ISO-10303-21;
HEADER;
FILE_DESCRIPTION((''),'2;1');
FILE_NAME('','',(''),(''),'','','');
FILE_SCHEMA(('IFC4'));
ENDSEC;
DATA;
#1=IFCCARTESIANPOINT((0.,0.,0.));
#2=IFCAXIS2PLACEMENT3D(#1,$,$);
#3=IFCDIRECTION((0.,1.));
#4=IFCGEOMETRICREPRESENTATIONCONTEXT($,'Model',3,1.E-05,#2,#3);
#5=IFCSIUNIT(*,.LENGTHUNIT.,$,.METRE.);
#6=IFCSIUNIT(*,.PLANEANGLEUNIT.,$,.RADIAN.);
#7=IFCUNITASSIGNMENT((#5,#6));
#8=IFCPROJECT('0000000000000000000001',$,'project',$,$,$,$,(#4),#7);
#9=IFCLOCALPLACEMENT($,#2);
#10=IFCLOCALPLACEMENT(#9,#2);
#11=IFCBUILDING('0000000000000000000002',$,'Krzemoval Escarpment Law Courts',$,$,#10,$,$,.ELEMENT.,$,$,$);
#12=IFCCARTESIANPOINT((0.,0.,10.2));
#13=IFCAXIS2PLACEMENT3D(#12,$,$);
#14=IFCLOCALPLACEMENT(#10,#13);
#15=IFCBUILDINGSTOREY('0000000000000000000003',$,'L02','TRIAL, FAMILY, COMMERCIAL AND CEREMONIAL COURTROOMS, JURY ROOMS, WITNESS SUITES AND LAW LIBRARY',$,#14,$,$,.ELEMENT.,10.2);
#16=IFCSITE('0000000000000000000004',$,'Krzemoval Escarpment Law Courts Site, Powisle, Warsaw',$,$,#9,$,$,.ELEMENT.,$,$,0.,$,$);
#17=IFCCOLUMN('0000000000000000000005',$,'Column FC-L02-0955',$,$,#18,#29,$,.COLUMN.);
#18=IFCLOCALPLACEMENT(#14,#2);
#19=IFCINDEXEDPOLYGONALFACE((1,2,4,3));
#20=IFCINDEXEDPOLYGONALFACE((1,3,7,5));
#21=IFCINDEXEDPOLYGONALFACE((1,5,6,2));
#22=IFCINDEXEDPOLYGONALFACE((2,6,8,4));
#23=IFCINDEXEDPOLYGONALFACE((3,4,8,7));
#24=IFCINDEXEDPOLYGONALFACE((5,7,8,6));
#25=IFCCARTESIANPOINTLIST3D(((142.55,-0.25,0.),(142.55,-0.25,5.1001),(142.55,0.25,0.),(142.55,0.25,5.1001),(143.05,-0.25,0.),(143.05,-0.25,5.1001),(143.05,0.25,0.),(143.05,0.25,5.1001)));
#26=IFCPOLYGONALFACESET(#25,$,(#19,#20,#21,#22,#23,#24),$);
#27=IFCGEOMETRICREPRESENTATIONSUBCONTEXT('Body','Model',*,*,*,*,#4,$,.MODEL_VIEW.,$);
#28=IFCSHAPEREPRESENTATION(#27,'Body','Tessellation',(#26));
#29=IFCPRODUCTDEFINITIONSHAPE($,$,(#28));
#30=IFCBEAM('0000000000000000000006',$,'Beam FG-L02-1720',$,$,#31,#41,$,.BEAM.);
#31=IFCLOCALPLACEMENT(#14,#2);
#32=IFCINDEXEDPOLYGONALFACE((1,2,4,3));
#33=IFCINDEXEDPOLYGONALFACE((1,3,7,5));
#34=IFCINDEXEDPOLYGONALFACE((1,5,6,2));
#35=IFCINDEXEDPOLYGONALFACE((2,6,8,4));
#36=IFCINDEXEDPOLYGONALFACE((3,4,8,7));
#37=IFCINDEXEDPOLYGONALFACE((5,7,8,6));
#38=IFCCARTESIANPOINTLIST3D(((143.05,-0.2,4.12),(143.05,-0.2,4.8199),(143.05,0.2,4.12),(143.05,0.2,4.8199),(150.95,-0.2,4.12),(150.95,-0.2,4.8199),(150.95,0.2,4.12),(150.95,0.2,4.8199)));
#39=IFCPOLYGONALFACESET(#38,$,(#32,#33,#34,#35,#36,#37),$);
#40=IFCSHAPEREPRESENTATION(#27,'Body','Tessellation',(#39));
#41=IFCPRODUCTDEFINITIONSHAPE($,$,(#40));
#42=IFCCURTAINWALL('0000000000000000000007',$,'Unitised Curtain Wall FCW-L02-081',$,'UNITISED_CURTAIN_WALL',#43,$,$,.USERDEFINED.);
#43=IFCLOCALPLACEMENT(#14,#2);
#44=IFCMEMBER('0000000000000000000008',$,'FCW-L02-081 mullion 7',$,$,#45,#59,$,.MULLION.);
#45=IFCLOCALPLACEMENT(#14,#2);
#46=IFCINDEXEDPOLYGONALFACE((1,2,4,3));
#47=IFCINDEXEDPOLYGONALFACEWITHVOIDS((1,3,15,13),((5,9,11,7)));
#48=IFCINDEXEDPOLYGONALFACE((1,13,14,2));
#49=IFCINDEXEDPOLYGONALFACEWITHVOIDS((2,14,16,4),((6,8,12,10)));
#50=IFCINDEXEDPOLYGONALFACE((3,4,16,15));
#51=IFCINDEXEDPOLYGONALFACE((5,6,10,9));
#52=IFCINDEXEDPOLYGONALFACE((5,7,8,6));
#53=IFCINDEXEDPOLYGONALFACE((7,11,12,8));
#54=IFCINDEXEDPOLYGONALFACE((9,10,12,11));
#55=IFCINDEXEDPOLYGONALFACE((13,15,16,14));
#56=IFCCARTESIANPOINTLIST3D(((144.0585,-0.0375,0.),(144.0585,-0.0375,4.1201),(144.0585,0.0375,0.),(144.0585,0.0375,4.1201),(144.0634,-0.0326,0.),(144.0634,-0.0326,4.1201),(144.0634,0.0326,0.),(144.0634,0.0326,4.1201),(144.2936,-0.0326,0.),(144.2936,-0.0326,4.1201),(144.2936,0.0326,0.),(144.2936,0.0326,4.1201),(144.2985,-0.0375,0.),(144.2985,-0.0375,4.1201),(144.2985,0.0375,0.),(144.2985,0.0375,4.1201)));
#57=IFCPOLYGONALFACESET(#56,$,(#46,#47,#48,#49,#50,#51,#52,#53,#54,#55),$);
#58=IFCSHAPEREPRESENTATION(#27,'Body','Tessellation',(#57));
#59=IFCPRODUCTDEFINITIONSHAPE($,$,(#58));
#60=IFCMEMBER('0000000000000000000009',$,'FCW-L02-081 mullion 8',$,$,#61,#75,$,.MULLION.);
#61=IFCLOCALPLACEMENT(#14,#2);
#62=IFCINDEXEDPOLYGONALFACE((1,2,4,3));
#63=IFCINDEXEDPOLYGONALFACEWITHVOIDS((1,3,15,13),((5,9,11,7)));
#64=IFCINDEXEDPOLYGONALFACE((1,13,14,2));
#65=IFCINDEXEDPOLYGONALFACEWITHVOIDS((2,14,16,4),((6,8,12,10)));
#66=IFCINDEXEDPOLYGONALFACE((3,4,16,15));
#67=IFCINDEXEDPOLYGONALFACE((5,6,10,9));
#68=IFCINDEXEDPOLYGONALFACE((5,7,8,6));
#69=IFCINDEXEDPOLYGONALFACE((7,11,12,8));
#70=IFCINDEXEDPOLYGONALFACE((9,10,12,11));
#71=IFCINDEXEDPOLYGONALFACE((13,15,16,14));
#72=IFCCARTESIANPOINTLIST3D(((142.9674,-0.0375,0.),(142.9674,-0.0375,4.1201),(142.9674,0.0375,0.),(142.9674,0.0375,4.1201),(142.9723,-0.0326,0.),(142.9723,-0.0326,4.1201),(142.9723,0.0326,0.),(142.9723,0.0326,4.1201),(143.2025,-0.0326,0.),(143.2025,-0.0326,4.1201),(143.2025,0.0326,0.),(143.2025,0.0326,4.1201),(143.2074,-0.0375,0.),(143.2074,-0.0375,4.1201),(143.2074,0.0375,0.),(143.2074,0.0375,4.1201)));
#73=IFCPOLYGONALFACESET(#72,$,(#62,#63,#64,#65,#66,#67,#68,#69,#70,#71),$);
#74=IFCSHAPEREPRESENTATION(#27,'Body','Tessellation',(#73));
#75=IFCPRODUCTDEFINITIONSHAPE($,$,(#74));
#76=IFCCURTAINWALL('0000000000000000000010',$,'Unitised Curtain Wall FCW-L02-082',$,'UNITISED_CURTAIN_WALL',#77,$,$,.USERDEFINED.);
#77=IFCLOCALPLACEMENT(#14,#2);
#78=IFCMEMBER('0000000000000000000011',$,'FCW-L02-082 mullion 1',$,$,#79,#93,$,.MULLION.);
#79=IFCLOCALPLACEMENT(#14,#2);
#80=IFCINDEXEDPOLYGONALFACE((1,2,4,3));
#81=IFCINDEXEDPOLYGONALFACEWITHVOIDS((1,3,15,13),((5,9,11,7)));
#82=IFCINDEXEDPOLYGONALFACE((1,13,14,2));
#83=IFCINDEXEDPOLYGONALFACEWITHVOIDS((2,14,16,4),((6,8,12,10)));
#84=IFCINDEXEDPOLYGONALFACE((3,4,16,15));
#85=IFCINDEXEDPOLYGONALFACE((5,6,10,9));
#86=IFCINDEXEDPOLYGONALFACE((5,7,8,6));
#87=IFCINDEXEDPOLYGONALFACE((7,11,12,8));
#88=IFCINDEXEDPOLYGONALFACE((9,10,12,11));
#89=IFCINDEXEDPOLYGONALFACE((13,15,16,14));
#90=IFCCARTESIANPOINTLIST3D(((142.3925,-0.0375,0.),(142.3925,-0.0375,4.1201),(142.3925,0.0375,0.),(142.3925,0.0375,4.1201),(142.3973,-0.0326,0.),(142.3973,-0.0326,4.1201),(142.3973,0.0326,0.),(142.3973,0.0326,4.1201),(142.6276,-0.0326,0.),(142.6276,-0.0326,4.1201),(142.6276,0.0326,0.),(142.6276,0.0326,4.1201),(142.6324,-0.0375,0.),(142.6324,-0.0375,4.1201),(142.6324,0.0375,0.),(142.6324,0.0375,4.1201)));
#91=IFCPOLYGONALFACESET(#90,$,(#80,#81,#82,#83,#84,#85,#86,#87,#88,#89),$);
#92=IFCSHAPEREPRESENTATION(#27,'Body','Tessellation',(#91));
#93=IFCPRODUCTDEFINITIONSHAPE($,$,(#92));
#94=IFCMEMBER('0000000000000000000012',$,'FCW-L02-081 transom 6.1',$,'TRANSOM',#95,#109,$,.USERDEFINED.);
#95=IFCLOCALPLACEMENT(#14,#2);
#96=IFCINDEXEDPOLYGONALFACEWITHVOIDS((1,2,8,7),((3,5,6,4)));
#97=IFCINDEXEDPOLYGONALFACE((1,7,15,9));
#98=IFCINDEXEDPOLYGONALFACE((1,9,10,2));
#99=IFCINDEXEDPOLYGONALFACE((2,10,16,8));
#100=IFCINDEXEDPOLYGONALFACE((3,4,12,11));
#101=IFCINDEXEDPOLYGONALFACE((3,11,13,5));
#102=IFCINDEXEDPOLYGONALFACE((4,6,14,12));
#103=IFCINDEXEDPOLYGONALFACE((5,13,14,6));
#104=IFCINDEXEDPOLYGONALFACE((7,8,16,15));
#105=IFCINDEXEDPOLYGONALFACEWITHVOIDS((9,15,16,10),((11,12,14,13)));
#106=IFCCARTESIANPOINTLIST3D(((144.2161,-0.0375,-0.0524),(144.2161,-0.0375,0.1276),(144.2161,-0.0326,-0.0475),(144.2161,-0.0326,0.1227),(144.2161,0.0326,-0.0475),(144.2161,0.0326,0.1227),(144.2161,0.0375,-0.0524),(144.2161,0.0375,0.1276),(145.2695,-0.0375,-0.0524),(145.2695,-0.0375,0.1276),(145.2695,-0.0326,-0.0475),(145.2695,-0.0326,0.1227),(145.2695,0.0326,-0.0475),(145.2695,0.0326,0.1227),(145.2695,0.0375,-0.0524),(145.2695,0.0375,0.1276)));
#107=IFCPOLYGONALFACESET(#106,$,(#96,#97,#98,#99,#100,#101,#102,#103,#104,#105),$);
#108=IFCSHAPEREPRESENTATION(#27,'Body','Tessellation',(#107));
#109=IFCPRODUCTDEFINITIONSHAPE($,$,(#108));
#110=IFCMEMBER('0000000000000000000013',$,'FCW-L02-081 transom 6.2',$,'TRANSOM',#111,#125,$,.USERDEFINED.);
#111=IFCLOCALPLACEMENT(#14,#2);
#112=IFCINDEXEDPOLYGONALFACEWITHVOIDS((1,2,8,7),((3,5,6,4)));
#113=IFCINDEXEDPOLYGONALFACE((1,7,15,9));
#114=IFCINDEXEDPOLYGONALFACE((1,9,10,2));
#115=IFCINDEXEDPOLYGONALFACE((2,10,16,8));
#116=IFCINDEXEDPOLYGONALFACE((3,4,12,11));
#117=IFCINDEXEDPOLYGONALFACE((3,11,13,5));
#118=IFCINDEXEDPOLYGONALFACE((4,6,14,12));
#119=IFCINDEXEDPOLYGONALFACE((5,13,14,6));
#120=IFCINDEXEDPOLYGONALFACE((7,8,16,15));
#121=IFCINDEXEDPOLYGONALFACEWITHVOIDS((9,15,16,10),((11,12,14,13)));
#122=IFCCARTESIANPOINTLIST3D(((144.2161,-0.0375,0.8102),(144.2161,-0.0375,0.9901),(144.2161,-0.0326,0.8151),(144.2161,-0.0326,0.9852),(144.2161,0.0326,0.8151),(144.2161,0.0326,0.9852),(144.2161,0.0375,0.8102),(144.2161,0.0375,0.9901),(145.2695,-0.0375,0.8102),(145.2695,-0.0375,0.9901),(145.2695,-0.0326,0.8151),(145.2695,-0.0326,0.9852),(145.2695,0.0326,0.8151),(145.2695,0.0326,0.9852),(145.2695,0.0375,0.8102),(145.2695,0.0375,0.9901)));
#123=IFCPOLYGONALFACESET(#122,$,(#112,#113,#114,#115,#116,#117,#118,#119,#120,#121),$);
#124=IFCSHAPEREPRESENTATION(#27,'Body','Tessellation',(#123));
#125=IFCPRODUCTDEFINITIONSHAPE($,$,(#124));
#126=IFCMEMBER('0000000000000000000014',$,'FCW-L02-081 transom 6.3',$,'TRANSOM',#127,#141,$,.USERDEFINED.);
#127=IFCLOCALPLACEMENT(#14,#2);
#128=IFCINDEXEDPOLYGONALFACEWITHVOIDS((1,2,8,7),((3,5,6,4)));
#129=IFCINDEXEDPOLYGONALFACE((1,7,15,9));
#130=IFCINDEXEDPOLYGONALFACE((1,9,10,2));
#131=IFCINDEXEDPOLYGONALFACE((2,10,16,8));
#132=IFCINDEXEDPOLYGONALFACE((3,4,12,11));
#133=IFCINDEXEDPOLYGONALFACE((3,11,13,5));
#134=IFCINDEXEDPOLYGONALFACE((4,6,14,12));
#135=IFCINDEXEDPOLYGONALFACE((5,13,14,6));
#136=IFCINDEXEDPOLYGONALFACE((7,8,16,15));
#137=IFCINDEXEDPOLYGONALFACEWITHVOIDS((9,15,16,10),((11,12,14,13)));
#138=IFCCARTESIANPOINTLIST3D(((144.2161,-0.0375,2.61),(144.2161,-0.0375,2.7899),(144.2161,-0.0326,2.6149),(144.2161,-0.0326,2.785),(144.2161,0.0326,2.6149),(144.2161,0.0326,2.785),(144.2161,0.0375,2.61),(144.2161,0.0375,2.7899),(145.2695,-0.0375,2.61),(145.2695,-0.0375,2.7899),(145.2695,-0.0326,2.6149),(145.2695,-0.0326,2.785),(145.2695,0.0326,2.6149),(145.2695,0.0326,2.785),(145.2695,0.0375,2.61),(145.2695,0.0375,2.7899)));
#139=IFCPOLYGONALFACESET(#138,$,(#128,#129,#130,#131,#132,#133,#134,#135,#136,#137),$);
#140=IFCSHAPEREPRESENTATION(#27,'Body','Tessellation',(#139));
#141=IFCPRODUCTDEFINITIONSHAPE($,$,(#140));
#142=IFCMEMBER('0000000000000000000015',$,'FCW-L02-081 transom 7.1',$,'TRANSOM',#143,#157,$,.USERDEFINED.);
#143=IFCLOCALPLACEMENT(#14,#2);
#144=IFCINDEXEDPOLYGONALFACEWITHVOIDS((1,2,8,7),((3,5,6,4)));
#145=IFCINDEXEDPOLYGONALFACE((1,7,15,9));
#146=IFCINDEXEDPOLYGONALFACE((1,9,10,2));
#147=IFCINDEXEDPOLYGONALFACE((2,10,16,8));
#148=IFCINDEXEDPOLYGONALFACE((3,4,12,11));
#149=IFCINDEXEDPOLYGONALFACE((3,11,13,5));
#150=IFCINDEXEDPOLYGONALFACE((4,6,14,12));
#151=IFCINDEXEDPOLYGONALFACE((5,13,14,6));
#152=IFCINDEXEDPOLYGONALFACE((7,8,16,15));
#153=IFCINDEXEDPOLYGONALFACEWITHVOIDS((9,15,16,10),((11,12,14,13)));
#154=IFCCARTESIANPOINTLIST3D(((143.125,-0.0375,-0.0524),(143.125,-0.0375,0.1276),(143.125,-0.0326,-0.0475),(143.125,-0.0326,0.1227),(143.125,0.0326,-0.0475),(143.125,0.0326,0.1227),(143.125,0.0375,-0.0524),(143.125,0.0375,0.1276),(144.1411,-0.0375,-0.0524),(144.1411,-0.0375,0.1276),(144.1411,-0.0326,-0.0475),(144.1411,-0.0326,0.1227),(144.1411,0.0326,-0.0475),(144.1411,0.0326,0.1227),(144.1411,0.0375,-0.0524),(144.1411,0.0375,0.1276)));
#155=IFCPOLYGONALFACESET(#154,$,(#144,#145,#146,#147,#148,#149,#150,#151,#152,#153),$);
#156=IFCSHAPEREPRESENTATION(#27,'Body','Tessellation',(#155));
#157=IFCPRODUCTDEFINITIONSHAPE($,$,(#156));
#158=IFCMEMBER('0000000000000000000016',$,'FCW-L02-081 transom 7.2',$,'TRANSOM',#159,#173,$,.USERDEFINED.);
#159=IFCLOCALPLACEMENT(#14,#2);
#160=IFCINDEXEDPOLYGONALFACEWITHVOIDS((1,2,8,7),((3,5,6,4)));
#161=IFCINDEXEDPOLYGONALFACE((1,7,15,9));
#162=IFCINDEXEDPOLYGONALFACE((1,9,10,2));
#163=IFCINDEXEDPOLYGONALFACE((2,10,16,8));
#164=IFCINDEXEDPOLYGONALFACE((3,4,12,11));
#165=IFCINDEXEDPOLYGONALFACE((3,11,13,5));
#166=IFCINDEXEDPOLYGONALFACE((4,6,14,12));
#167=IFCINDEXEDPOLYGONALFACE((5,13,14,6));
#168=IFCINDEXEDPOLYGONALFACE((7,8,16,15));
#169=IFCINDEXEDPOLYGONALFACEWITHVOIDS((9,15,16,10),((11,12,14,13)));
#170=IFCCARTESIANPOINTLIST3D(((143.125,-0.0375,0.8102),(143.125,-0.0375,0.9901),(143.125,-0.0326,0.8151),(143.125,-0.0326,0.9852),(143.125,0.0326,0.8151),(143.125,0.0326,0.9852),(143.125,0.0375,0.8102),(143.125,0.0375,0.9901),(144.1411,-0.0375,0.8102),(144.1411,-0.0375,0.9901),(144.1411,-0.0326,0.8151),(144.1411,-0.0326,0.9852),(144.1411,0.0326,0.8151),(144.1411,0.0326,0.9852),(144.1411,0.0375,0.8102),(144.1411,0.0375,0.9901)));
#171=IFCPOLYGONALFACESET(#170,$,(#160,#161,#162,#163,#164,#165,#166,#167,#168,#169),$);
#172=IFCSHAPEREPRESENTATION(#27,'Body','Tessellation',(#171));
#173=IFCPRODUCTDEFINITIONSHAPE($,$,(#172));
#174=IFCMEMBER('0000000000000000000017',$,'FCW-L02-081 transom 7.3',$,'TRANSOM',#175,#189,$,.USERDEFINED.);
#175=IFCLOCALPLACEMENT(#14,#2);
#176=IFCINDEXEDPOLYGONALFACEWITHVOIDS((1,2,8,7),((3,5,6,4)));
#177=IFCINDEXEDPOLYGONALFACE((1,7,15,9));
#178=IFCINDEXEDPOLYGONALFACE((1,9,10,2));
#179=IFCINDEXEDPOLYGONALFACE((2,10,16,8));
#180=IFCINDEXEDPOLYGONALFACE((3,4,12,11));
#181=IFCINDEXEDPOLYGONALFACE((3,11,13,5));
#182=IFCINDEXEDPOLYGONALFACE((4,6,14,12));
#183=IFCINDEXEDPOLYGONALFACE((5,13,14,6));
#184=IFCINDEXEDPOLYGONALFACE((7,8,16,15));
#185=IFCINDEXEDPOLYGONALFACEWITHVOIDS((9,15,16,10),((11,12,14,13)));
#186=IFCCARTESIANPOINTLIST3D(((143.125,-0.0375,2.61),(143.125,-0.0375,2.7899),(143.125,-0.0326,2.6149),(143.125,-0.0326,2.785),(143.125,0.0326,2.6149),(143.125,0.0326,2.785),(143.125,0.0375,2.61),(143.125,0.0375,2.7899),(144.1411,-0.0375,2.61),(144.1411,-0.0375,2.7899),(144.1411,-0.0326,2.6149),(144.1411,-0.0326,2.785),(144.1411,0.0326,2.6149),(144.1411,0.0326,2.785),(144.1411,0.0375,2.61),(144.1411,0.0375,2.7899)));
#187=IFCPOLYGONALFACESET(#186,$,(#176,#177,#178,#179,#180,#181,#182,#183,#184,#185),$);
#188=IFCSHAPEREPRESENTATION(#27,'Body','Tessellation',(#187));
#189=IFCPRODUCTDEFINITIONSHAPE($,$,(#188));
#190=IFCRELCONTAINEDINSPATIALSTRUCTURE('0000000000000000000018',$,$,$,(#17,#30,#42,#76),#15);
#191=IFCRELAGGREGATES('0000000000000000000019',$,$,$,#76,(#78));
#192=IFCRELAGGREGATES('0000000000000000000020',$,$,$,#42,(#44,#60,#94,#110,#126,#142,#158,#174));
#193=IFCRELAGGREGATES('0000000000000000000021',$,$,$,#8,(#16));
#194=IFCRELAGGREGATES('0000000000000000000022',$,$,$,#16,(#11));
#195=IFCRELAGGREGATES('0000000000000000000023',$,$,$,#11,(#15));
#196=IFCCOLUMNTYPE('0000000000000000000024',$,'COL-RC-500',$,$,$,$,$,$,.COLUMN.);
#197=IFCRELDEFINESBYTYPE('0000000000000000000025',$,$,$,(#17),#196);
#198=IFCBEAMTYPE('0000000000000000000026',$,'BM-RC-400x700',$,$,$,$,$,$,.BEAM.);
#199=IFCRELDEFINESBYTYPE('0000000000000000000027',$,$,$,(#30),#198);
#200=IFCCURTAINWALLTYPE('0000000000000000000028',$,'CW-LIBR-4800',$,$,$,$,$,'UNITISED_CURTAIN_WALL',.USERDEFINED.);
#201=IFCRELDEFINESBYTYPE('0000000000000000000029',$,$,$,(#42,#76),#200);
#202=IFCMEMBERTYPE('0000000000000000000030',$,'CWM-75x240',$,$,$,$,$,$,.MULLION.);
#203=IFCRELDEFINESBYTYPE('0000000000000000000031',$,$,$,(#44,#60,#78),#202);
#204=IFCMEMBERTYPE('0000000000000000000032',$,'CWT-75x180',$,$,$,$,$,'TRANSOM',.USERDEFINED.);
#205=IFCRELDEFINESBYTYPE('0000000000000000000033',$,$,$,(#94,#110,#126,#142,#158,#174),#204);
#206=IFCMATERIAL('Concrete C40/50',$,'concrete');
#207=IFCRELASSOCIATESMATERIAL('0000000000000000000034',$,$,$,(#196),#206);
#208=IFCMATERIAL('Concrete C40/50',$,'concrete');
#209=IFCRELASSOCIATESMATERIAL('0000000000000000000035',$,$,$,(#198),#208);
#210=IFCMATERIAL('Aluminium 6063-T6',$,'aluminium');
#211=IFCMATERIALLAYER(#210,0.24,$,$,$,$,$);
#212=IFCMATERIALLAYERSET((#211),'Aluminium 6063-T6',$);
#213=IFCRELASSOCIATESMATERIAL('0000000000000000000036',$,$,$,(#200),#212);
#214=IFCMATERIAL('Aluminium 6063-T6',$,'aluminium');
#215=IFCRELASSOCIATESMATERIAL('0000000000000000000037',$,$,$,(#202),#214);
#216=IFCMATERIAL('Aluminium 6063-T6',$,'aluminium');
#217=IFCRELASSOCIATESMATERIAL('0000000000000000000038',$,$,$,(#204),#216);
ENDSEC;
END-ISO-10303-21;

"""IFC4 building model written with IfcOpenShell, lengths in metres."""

from ifc_helpers import new_model, si_unit, direction, frame, origin, origin_2d, place, context, subcontext, project, spatial, rectangle, hollow_rectangle, extrude, material, layer, layer_set, material_profile, profile_set, type_object, element, aggregate, save


model = new_model("IFC4")

# Units and contexts
model_context = context("Model", 3, precision=1e-05, world=origin(), true_north=direction((0.0, 1.0)))
body_context = subcontext(model_context, "Body", "Model", "MODEL_VIEW")
ifc_project = project(units=[si_unit("LENGTHUNIT", "METRE"), si_unit("PLANEANGLEUNIT", "RADIAN")], contexts=[model_context])

# Site, building, storey
site_placement = place(None, origin())
site = spatial("IfcSite", under=ifc_project, at=site_placement, Name="Krzemoval Escarpment Law Courts Site, Powisle, Warsaw", CompositionType="ELEMENT", RefElevation=0.0)
building_placement = place(site_placement, origin())
building = spatial("IfcBuilding", under=site, at=building_placement, Name="Krzemoval Escarpment Law Courts", CompositionType="ELEMENT")
storey_placement = place(building_placement, frame((0.0, 0.0, 10.2)))
storey = spatial("IfcBuildingStorey", under=building, at=storey_placement, Name="L02", Description="TRIAL, FAMILY, COMMERCIAL AND CEREMONIAL COURTROOMS, JURY ROOMS, WITNESS SUITES AND LAW LIBRARY", CompositionType="ELEMENT", Elevation=10.2)

# Column
ifc_material_1 = material(Name="Concrete C40/50", Category="concrete")
ifc_material_profile_1 = material_profile(ifc_material_1, rectangle(XDim=0.5, YDim=0.5, at=origin_2d()), Name="RC 500x500")
ifc_profile_set_1 = profile_set([ifc_material_profile_1], Name="Concrete C40/50")
column_type = type_object("IfcColumnType", Name="COL-RC-500", PredefinedType="COLUMN", material=ifc_profile_set_1)
column_placement = place(storey_placement, frame((142.8, 0.0, 0.0), z_axis=(0.0, 0.0, 1.0), x_axis=(1.0, 0.0, 0.0)))
element("IfcColumn", 1, at=column_placement, inside=storey, type_object=column_type, Name="Column FC-L02-0955", PredefinedType="COLUMN", context=body_context, shape_type="SweptSolid", body=[
    extrude(rectangle(XDim=0.5, YDim=0.5, at=origin_2d()), origin(), (0.0, 0.0, 1.0), 5.1001),
])

# Beam
ifc_material_2 = material(Name="Concrete C40/50", Category="concrete")
ifc_material_profile_2 = material_profile(ifc_material_2, rectangle(XDim=0.3999, YDim=0.7, at=origin_2d()), Name="RCB 400x700")
ifc_profile_set_2 = profile_set([ifc_material_profile_2], Name="Concrete C40/50")
beam_type = type_object("IfcBeamType", Name="BM-RC-400x700", PredefinedType="BEAM", material=ifc_profile_set_2)
beam_placement = place(storey_placement, frame((143.05, 0.0, 4.47), z_axis=(1.0, 0.0, 0.0), x_axis=(0.0, 1.0, 0.0)))
element("IfcBeam", 2, at=beam_placement, inside=storey, type_object=beam_type, Name="Beam FG-L02-1720", PredefinedType="BEAM", context=body_context, shape_type="SweptSolid", body=[
    extrude(rectangle(XDim=0.3999, YDim=0.7, at=origin_2d()), origin(), (0.0, 0.0, 1.0), 7.8999),
])

# Curtain wall, members
ifc_material_3 = material(Name="Aluminium 6063-T6", Category="aluminium")
ifc_layer_1 = layer(ifc_material_3, 0.24)
ifc_layer_set_1 = layer_set([ifc_layer_1], Name="Aluminium 6063-T6")
curtain_wall_type = type_object("IfcCurtainWallType", Name="CW-LIBR-4800", ElementType="UNITISED_CURTAIN_WALL", PredefinedType="USERDEFINED", material=ifc_layer_set_1)
curtain_wall_1_placement = place(storey_placement, origin())
curtain_wall_1 = element("IfcCurtainWall", 3, at=curtain_wall_1_placement, inside=storey, type_object=curtain_wall_type, Name="Unitised Curtain Wall FCW-L02-081", ObjectType="UNITISED_CURTAIN_WALL", PredefinedType="USERDEFINED")
ifc_material_4 = material(Name="Aluminium 6063-T6", Category="aluminium")
ifc_material_profile_3 = material_profile(ifc_material_4, hollow_rectangle(XDim=0.075, YDim=0.24, WallThickness=0.0049, at=origin_2d()), Name="ALU M75x240")
ifc_profile_set_3 = profile_set([ifc_material_profile_3], Name="Aluminium 6063-T6")
member_type_1 = type_object("IfcMemberType", Name="CWM-75x240", PredefinedType="MULLION", material=ifc_profile_set_3)
member_1_placement = place(storey_placement, frame((144.1785, 0.0, 0.0), z_axis=(0.0, 0.0, 1.0), x_axis=(0.0, -1.0, 0.0)))
member_1 = element("IfcMember", 4, at=member_1_placement, type_object=member_type_1, Name="FCW-L02-081 mullion 7", PredefinedType="MULLION", context=body_context, shape_type="SweptSolid", body=[
    extrude(hollow_rectangle(XDim=0.075, YDim=0.24, WallThickness=0.0049, at=origin_2d()), origin(), (0.0, 0.0, 1.0), 4.1201),
])
member_2_placement = place(storey_placement, frame((143.0874, 0.0, 0.0), z_axis=(0.0, 0.0, 1.0), x_axis=(0.0, -1.0, 0.0)))
member_2 = element("IfcMember", 5, at=member_2_placement, type_object=member_type_1, Name="FCW-L02-081 mullion 8", PredefinedType="MULLION", context=body_context, shape_type="SweptSolid", body=[
    extrude(hollow_rectangle(XDim=0.075, YDim=0.24, WallThickness=0.0049, at=origin_2d()), origin(), (0.0, 0.0, 1.0), 4.1201),
])

# Curtain wall, member
curtain_wall_2_placement = place(storey_placement, origin())
curtain_wall_2 = element("IfcCurtainWall", 6, at=curtain_wall_2_placement, inside=storey, type_object=curtain_wall_type, Name="Unitised Curtain Wall FCW-L02-082", ObjectType="UNITISED_CURTAIN_WALL", PredefinedType="USERDEFINED")
member_3_placement = place(storey_placement, frame((142.5125, 0.0, 0.0), z_axis=(0.0, 0.0, 1.0), x_axis=(0.0, -1.0, 0.0)))
member_3 = element("IfcMember", 7, at=member_3_placement, type_object=member_type_1, Name="FCW-L02-082 mullion 1", PredefinedType="MULLION", context=body_context, shape_type="SweptSolid", body=[
    extrude(hollow_rectangle(XDim=0.075, YDim=0.24, WallThickness=0.0049, at=origin_2d()), origin(), (0.0, 0.0, 1.0), 4.1201),
])

# Members
ifc_material_5 = material(Name="Aluminium 6063-T6", Category="aluminium")
ifc_material_profile_4 = material_profile(ifc_material_5, hollow_rectangle(XDim=0.075, YDim=0.1799, WallThickness=0.0049, at=origin_2d()), Name="ALU T75x180")
ifc_profile_set_4 = profile_set([ifc_material_profile_4], Name="Aluminium 6063-T6")
member_type_2 = type_object("IfcMemberType", Name="CWT-75x180", ElementType="TRANSOM", PredefinedType="USERDEFINED", material=ifc_profile_set_4)
member_4_placement = place(storey_placement, frame((145.2695, 0.0, 0.0376), z_axis=(-1.0, 0.0, 0.0), x_axis=(0.0, -1.0, 0.0)))
member_4 = element("IfcMember", 8, at=member_4_placement, type_object=member_type_2, Name="FCW-L02-081 transom 6.1", ObjectType="TRANSOM", PredefinedType="USERDEFINED", context=body_context, shape_type="SweptSolid", body=[
    extrude(hollow_rectangle(XDim=0.075, YDim=0.1799, WallThickness=0.0049, at=origin_2d()), origin(), (0.0, 0.0, 1.0), 1.0535),
])
member_5_placement = place(storey_placement, frame((145.2695, 0.0, 0.9001), z_axis=(-1.0, 0.0, 0.0), x_axis=(0.0, -1.0, 0.0)))
member_5 = element("IfcMember", 9, at=member_5_placement, type_object=member_type_2, Name="FCW-L02-081 transom 6.2", ObjectType="TRANSOM", PredefinedType="USERDEFINED", context=body_context, shape_type="SweptSolid", body=[
    extrude(hollow_rectangle(XDim=0.075, YDim=0.1799, WallThickness=0.0049, at=origin_2d()), origin(), (0.0, 0.0, 1.0), 1.0535),
])
member_6_placement = place(storey_placement, frame((145.2695, 0.0, 2.7), z_axis=(-1.0, 0.0, 0.0), x_axis=(0.0, -1.0, 0.0)))
member_6 = element("IfcMember", 10, at=member_6_placement, type_object=member_type_2, Name="FCW-L02-081 transom 6.3", ObjectType="TRANSOM", PredefinedType="USERDEFINED", context=body_context, shape_type="SweptSolid", body=[
    extrude(hollow_rectangle(XDim=0.075, YDim=0.1799, WallThickness=0.0049, at=origin_2d()), origin(), (0.0, 0.0, 1.0), 1.0535),
])
member_7_placement = place(storey_placement, frame((144.1411, 0.0, 0.0376), z_axis=(-1.0, 0.0, 0.0), x_axis=(0.0, -1.0, 0.0)))
member_7 = element("IfcMember", 11, at=member_7_placement, type_object=member_type_2, Name="FCW-L02-081 transom 7.1", ObjectType="TRANSOM", PredefinedType="USERDEFINED", context=body_context, shape_type="SweptSolid", body=[
    extrude(hollow_rectangle(XDim=0.075, YDim=0.1799, WallThickness=0.0049, at=origin_2d()), origin(), (0.0, 0.0, 1.0), 1.0161),
])
member_8_placement = place(storey_placement, frame((144.1411, 0.0, 0.9001), z_axis=(-1.0, 0.0, 0.0), x_axis=(0.0, -1.0, 0.0)))
member_8 = element("IfcMember", 12, at=member_8_placement, type_object=member_type_2, Name="FCW-L02-081 transom 7.2", ObjectType="TRANSOM", PredefinedType="USERDEFINED", context=body_context, shape_type="SweptSolid", body=[
    extrude(hollow_rectangle(XDim=0.075, YDim=0.1799, WallThickness=0.0049, at=origin_2d()), origin(), (0.0, 0.0, 1.0), 1.0161),
])
member_9_placement = place(storey_placement, frame((144.1411, 0.0, 2.7), z_axis=(-1.0, 0.0, 0.0), x_axis=(0.0, -1.0, 0.0)))
member_9 = element("IfcMember", 13, at=member_9_placement, type_object=member_type_2, Name="FCW-L02-081 transom 7.3", ObjectType="TRANSOM", PredefinedType="USERDEFINED", context=body_context, shape_type="SweptSolid", body=[
    extrude(hollow_rectangle(XDim=0.075, YDim=0.1799, WallThickness=0.0049, at=origin_2d()), origin(), (0.0, 0.0, 1.0), 1.0161),
])
aggregate(curtain_wall_2, [member_3])

aggregate(curtain_wall_1, [member_1, member_2, member_4, member_5, member_6, member_7, member_8, member_9])

save(model, "model.ifc")
